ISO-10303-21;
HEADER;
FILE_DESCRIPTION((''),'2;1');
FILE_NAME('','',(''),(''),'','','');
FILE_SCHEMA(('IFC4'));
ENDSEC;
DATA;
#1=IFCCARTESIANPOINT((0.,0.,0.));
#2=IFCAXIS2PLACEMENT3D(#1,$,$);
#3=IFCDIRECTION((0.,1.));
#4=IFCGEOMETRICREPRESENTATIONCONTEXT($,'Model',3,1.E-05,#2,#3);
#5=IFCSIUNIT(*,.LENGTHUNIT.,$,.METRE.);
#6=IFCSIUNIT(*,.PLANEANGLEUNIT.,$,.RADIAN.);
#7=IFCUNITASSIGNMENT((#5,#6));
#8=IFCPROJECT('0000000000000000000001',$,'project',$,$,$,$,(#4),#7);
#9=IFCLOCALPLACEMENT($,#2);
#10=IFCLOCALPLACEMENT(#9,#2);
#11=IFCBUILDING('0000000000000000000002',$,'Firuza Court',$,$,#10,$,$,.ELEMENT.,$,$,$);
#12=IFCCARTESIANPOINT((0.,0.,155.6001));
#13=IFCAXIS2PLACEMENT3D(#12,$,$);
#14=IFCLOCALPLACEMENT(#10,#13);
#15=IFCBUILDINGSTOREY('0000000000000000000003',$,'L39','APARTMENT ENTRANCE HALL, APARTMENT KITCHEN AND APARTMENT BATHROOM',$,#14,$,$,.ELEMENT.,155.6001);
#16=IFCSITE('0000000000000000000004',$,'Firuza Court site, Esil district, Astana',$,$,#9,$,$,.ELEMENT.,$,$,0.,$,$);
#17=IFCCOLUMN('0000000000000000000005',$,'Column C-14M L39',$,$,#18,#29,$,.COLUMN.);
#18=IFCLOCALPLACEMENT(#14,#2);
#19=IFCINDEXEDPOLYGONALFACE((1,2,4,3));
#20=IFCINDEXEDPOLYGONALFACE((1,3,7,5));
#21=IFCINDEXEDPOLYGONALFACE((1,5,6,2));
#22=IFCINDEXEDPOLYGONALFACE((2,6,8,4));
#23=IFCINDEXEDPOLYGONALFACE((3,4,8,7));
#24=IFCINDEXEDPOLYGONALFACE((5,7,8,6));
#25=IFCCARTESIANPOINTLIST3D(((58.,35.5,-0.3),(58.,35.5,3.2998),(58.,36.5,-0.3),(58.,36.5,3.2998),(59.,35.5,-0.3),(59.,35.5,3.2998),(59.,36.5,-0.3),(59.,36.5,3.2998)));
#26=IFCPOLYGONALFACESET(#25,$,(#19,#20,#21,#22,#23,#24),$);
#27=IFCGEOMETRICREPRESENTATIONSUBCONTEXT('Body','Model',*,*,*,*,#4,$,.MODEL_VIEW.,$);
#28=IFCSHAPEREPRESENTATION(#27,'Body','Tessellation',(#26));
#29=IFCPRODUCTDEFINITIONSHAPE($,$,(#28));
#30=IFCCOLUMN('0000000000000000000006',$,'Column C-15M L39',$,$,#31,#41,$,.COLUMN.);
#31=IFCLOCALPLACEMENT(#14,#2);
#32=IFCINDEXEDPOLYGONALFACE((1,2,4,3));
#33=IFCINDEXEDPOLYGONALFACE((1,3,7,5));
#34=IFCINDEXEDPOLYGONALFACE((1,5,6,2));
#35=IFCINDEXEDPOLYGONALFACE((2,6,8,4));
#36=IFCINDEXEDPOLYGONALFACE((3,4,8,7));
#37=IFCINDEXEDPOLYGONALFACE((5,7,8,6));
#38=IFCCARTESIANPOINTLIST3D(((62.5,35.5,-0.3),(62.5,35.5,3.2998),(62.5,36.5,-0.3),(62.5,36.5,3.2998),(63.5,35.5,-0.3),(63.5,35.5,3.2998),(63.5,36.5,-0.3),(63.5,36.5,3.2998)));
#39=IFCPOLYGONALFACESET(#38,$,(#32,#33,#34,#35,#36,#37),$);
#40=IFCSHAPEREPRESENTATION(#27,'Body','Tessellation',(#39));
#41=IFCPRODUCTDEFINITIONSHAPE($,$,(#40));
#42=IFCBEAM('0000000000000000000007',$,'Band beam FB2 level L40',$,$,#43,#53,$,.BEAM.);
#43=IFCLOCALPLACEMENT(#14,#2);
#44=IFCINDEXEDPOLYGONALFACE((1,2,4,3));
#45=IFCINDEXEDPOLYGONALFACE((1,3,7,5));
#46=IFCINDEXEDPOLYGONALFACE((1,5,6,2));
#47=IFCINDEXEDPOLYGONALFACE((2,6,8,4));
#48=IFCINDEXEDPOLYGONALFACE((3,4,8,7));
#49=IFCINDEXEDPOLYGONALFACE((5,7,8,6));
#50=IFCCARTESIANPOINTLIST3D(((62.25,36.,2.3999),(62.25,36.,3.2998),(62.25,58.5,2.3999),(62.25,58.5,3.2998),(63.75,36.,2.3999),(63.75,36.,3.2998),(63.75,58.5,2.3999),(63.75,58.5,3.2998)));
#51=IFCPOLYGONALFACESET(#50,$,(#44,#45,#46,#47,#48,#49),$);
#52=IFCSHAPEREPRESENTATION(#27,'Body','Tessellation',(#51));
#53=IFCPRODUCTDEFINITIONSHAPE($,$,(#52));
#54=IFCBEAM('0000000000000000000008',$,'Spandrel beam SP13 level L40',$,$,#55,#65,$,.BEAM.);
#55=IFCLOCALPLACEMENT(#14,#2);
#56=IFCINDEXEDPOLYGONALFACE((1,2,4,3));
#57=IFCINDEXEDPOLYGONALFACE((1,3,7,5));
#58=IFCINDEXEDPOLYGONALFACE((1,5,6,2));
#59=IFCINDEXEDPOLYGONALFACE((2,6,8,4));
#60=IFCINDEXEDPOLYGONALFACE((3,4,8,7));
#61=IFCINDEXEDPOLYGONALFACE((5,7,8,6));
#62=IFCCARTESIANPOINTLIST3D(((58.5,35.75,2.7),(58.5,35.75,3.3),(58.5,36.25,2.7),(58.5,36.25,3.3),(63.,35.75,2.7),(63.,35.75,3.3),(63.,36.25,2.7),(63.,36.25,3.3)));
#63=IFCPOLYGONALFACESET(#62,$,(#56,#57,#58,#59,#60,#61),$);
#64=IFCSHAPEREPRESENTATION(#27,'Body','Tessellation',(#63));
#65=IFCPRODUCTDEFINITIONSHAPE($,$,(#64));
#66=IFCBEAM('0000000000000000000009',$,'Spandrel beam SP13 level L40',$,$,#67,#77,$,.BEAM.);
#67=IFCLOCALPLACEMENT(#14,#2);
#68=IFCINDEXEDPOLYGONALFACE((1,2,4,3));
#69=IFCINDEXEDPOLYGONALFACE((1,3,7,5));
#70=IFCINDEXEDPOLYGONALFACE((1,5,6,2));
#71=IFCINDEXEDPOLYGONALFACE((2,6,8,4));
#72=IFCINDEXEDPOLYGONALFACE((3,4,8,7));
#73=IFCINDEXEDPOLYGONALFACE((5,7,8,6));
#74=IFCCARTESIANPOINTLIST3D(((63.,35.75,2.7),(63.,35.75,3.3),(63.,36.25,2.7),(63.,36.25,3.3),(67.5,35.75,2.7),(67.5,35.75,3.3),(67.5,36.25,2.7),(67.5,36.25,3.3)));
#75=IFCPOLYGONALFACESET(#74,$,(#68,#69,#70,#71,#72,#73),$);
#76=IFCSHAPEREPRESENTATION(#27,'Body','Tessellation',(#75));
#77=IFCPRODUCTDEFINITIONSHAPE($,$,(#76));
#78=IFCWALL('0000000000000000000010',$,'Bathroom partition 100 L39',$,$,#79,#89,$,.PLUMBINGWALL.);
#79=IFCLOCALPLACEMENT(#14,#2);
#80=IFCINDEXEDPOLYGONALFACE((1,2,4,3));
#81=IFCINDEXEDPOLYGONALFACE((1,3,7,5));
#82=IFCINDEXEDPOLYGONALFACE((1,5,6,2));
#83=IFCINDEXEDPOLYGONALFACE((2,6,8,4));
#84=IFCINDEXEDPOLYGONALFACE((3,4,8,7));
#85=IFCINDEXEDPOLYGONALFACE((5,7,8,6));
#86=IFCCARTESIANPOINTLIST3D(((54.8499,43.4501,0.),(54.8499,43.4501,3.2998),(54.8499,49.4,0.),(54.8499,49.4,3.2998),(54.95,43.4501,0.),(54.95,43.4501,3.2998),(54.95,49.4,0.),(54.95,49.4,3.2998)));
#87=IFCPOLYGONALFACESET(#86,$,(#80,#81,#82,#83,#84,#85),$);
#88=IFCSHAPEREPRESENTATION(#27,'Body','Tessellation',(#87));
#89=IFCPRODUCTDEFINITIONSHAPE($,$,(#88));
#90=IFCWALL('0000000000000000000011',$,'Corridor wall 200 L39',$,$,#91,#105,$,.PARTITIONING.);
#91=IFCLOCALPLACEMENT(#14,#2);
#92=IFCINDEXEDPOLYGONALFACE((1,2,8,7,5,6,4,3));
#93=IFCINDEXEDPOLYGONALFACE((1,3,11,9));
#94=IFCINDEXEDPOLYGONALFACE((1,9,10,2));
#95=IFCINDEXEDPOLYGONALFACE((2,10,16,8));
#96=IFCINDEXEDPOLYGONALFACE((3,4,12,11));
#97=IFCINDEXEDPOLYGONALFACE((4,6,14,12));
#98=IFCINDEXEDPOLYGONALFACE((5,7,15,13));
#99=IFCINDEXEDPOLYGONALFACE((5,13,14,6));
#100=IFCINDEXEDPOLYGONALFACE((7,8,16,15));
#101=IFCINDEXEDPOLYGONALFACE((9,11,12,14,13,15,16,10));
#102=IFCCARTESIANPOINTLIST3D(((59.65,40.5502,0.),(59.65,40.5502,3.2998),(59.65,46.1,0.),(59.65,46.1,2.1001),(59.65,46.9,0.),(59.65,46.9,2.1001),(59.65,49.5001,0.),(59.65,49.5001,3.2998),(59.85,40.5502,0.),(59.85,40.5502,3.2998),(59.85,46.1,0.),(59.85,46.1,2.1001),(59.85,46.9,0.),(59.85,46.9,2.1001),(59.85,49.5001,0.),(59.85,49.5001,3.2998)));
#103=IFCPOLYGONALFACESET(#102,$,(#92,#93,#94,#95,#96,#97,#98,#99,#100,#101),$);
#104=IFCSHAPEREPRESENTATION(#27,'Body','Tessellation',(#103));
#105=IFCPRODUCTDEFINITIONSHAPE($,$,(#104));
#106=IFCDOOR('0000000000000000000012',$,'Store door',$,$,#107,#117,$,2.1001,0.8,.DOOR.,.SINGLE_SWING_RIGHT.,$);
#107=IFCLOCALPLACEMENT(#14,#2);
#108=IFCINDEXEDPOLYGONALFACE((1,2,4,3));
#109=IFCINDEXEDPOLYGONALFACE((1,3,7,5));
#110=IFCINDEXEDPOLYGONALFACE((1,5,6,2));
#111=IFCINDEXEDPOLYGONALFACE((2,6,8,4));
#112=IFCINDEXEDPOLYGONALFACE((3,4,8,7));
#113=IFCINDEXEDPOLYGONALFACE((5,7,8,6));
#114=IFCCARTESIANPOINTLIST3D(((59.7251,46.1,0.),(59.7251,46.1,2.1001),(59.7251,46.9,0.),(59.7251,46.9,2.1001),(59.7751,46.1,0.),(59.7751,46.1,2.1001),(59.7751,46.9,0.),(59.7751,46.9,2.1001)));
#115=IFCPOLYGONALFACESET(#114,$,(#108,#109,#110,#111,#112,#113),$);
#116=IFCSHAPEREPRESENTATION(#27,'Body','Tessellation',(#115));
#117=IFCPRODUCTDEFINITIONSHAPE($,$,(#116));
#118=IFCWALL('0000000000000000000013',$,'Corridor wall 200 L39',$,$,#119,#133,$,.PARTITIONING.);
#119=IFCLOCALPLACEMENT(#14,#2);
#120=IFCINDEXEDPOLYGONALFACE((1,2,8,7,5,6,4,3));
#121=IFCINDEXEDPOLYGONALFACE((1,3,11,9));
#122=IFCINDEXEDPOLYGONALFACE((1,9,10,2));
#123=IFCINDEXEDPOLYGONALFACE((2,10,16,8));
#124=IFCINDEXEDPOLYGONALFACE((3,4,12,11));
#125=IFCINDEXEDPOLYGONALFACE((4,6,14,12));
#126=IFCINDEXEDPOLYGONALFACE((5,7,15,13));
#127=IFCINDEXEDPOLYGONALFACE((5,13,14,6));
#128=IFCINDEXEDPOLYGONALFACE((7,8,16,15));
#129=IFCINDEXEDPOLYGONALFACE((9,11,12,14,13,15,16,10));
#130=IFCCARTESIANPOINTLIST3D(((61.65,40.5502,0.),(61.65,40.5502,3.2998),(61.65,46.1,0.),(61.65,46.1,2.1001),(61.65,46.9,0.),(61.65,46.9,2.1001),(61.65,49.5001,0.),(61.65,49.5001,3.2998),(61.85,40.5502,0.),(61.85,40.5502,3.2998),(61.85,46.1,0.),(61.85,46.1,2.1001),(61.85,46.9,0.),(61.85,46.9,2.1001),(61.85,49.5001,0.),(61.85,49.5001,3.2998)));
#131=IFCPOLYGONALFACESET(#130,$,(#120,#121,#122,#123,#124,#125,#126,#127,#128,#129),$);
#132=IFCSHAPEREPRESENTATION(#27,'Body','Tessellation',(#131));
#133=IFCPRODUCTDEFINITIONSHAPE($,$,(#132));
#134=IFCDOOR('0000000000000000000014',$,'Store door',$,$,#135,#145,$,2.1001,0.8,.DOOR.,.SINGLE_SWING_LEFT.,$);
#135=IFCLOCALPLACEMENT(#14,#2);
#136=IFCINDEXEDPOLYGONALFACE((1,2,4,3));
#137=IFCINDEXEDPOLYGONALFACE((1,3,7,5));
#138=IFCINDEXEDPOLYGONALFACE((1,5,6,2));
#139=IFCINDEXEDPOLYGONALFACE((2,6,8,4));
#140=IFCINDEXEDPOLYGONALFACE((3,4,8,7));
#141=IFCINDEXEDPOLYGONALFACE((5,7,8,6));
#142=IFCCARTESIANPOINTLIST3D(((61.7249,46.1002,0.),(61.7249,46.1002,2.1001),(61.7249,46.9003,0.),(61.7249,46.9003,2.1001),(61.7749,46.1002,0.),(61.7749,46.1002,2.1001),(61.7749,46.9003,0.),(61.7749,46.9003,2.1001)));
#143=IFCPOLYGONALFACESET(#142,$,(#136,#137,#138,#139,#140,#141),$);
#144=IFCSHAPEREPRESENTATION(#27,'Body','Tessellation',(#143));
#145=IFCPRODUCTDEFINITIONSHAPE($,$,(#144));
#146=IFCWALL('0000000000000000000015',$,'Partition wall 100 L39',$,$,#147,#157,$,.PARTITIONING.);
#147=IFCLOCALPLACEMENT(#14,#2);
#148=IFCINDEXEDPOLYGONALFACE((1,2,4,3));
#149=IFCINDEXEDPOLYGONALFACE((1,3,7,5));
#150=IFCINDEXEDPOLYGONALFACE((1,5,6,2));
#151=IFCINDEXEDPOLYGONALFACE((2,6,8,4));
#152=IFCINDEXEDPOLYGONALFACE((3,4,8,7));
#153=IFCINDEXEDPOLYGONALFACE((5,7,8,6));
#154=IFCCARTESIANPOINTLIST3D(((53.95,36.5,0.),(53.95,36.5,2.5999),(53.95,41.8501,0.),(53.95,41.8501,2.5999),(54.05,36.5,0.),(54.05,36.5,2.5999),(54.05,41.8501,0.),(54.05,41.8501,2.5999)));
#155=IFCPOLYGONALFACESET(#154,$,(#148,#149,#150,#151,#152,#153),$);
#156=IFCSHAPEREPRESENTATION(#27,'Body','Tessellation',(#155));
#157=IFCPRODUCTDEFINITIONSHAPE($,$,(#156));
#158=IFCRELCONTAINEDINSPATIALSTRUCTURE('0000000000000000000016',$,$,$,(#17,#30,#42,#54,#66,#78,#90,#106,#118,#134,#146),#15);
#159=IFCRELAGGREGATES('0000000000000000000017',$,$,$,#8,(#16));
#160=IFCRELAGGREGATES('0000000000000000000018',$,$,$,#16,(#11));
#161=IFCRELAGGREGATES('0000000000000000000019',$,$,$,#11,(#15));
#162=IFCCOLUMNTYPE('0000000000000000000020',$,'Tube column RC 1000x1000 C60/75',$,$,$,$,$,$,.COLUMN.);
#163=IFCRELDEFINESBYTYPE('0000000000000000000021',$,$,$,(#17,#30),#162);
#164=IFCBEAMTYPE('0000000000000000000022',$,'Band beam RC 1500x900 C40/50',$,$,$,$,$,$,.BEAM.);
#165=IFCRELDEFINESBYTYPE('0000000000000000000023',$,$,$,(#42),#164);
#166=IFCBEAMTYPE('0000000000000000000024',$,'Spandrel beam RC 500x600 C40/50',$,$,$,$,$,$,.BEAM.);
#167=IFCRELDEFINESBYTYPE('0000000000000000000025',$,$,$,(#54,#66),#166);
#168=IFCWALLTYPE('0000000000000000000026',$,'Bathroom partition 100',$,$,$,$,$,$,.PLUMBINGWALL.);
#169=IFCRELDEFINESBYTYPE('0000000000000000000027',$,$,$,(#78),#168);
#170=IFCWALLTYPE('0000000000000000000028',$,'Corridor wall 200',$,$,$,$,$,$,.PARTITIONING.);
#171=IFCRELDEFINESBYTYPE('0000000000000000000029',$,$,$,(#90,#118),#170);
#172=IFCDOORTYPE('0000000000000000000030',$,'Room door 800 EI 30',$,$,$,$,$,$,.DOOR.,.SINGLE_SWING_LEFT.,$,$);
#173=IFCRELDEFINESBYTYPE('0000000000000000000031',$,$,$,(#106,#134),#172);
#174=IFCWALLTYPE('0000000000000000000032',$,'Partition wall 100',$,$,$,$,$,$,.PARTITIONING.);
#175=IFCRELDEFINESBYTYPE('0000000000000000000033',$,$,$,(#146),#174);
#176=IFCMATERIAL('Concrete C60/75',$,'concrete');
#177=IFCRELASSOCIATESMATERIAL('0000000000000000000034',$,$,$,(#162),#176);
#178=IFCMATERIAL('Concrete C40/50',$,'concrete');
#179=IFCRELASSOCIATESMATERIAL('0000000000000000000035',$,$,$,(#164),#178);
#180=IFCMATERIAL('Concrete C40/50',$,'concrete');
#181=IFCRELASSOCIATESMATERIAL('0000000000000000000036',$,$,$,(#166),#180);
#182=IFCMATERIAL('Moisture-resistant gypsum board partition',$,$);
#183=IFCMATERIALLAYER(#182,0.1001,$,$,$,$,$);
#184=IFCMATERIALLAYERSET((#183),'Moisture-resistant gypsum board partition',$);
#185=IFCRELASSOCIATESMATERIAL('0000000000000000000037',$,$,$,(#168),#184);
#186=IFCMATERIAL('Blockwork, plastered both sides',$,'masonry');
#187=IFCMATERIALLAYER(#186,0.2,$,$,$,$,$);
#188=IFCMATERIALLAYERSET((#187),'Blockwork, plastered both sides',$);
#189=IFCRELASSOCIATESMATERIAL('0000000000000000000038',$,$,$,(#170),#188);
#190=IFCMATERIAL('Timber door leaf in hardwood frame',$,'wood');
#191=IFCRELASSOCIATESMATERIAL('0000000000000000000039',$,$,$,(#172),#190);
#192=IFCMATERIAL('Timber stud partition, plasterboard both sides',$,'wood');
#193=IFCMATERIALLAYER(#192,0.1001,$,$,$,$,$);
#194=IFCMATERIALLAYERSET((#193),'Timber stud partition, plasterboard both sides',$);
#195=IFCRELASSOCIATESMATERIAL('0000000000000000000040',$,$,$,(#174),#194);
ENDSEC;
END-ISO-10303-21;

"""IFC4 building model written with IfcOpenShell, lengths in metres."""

from ifc_helpers import new_model, si_unit, direction, frame, frame_2d, origin, origin_2d, place, context, subcontext, project, spatial, rectangle, extrude, material, layer, layer_set, material_profile, profile_set, type_object, element, fill, save


model = new_model("IFC4")

# Units and contexts
model_context = context("Model", 3, precision=1e-05, world=origin(), true_north=direction((0.0, 1.0)))
body_context = subcontext(model_context, "Body", "Model", "MODEL_VIEW")
ifc_project = project(units=[si_unit("LENGTHUNIT", "METRE"), si_unit("PLANEANGLEUNIT", "RADIAN")], contexts=[model_context])

# Site, building, storey
site_placement = place(None, origin())
site = spatial("IfcSite", under=ifc_project, at=site_placement, Name="Firuza Court site, Esil district, Astana", CompositionType="ELEMENT", RefElevation=0.0)
building_placement = place(site_placement, origin())
building = spatial("IfcBuilding", under=site, at=building_placement, Name="Firuza Court", CompositionType="ELEMENT")
storey_placement = place(building_placement, frame((0.0, 0.0, 155.6001)))
storey = spatial("IfcBuildingStorey", under=building, at=storey_placement, Name="L39", Description="APARTMENT ENTRANCE HALL, APARTMENT KITCHEN AND APARTMENT BATHROOM", CompositionType="ELEMENT", Elevation=155.6001)

# Columns
ifc_material_1 = material(Name="Concrete C60/75", Category="concrete")
ifc_material_profile_1 = material_profile(ifc_material_1, rectangle(XDim=1.0, YDim=1.0, at=origin_2d()), Name="RC 1000x1000")
ifc_profile_set_1 = profile_set([ifc_material_profile_1], Name="Concrete C60/75")
column_type = type_object("IfcColumnType", Name="Tube column RC 1000x1000 C60/75", PredefinedType="COLUMN", material=ifc_profile_set_1)
for number, where, z_axis, x_axis, name in (
    (1, (58.5, 36.0, -0.3), (0.0, 0.0, 1.0), (1.0, 0.0, 0.0), "Column C-14M L39"),
    (2, (63.0, 36.0, -0.3), (0.0, 0.0, 1.0), (1.0, 0.0, 0.0), "Column C-15M L39"),
):
    element("IfcColumn", number, at=place(storey_placement, frame(where, z_axis=z_axis, x_axis=x_axis)), inside=storey, type_object=column_type, Name=name, PredefinedType="COLUMN", context=body_context, shape_type="SweptSolid", body=[
        extrude(rectangle(XDim=1.0, YDim=1.0, at=origin_2d()), origin(), (0.0, 0.0, 1.0), 3.5999),
    ])

# Beams
ifc_material_2 = material(Name="Concrete C40/50", Category="concrete")
ifc_material_profile_2 = material_profile(ifc_material_2, rectangle(XDim=1.5, YDim=0.8999, at=origin_2d()), Name="RC 1500x900")
ifc_profile_set_2 = profile_set([ifc_material_profile_2], Name="Concrete C40/50")
beam_type_1 = type_object("IfcBeamType", Name="Band beam RC 1500x900 C40/50", PredefinedType="BEAM", material=ifc_profile_set_2)
beam_placement = place(storey_placement, frame((63.0, 36.0, 2.8499), z_axis=(0.0, 1.0, 0.0), x_axis=(-1.0, 0.0, 0.0)))
element("IfcBeam", 3, at=beam_placement, inside=storey, type_object=beam_type_1, Name="Band beam FB2 level L40", PredefinedType="BEAM", context=body_context, shape_type="SweptSolid", body=[
    extrude(rectangle(XDim=1.5, YDim=0.8999, at=origin_2d()), origin(), (0.0, 0.0, 1.0), 22.5),
])
ifc_material_3 = material(Name="Concrete C40/50", Category="concrete")
ifc_material_profile_3 = material_profile(ifc_material_3, rectangle(XDim=0.5, YDim=0.6001, at=origin_2d()), Name="RC 500x600")
ifc_profile_set_3 = profile_set([ifc_material_profile_3], Name="Concrete C40/50")
beam_type_2 = type_object("IfcBeamType", Name="Spandrel beam RC 500x600 C40/50", PredefinedType="BEAM", material=ifc_profile_set_3)
for number, where, z_axis, x_axis, name in (
    (4, (58.5, 36.0, 3.0), (1.0, 0.0, 0.0), (0.0, 1.0, 0.0), "Spandrel beam SP13 level L40"),
    (5, (63.0, 36.0, 3.0), (1.0, 0.0, 0.0), (0.0, 1.0, 0.0), "Spandrel beam SP13 level L40"),
):
    element("IfcBeam", number, at=place(storey_placement, frame(where, z_axis=z_axis, x_axis=x_axis)), inside=storey, type_object=beam_type_2, Name=name, PredefinedType="BEAM", context=body_context, shape_type="SweptSolid", body=[
        extrude(rectangle(XDim=0.5, YDim=0.6001, at=origin_2d()), origin(), (0.0, 0.0, 1.0), 4.5),
    ])

# Wall
ifc_material_4 = material(Name="Moisture-resistant gypsum board partition")
ifc_layer_1 = layer(ifc_material_4, 0.1001)
ifc_layer_set_1 = layer_set([ifc_layer_1], Name="Moisture-resistant gypsum board partition")
wall_type_1 = type_object("IfcWallType", Name="Bathroom partition 100", PredefinedType="PLUMBINGWALL", material=ifc_layer_set_1)
wall_1_placement = place(storey_placement, frame((54.8999, 43.45, 0.0), z_axis=(0.0, 0.0, 1.0), x_axis=(0.0, 1.0, 0.0)))
element("IfcWall", 6, at=wall_1_placement, inside=storey, type_object=wall_type_1, Name="Bathroom partition 100 L39", PredefinedType="PLUMBINGWALL", context=body_context, shape_type="SweptSolid", body=[
    extrude(rectangle(XDim=5.95, YDim=0.1001, at=frame_2d((2.9751, 0.0))), origin(), (0.0, 0.0, 1.0), 3.2998),
])

# Walls, openings, doors
ifc_material_5 = material(Name="Blockwork, plastered both sides", Category="masonry")
ifc_layer_2 = layer(ifc_material_5, 0.2)
ifc_layer_set_2 = layer_set([ifc_layer_2], Name="Blockwork, plastered both sides")
wall_type_2 = type_object("IfcWallType", Name="Corridor wall 200", PredefinedType="PARTITIONING", material=ifc_layer_set_2)
wall_2_placement = place(storey_placement, frame((59.75, 40.55, 0.0), z_axis=(0.0, 0.0, 1.0), x_axis=(0.0, 1.0, 0.0)))
wall_2 = element("IfcWall", 7, at=wall_2_placement, inside=storey, type_object=wall_type_2, Name="Corridor wall 200 L39", PredefinedType="PARTITIONING", context=body_context, shape_type="SweptSolid", body=[
    extrude(rectangle(XDim=8.95, YDim=0.2, at=frame_2d((4.4751, 0.0))), origin(), (0.0, 0.0, 1.0), 3.2998),
])
opening_1_placement = place(wall_2_placement, frame((5.55, 0.0, 0.0)))
opening_1 = element("IfcOpeningElement", 8, at=opening_1_placement, cuts=wall_2, PredefinedType="OPENING", context=body_context, shape_type="SweptSolid", body=[
    extrude(rectangle(XDim=0.8, YDim=2.1001, at=frame_2d((0.3999, 1.05))), frame((0.0, 0.1118, 0.0), z_axis=(0.0, -1.0, 0.0), x_axis=(1.0, 0.0, 0.0)), (0.0, 0.0, 1.0), 0.2239),
])
ifc_material_6 = material(Name="Timber door leaf in hardwood frame", Category="wood")
door_type_1 = type_object("IfcDoorType", Name="Room door 800 EI 30", OperationType="SINGLE_SWING_LEFT", PredefinedType="DOOR", material=ifc_material_6)
door_1_placement = place(opening_1_placement, origin())
door_1 = element("IfcDoor", 9, at=door_1_placement, inside=storey, type_object=door_type_1, Name="Store door", OperationType="SINGLE_SWING_RIGHT", OverallHeight=2.1001, OverallWidth=0.8, PredefinedType="DOOR", context=body_context, shape_type="SweptSolid", body=[
    extrude(rectangle(XDim=0.8, YDim=2.1001, at=frame_2d((0.3999, 1.05))), frame((0.0, 0.0249, 0.0), z_axis=(0.0, -1.0, 0.0), x_axis=(1.0, 0.0, 0.0)), (0.0, 0.0, 1.0), 0.05),
])
fill(opening_1, door_1)
wall_3_placement = place(storey_placement, frame((61.75, 40.55, 0.0), z_axis=(0.0, 0.0, 1.0), x_axis=(0.0, 1.0, 0.0)))
wall_3 = element("IfcWall", 10, at=wall_3_placement, inside=storey, type_object=wall_type_2, Name="Corridor wall 200 L39", PredefinedType="PARTITIONING", context=body_context, shape_type="SweptSolid", body=[
    extrude(rectangle(XDim=8.95, YDim=0.2, at=frame_2d((4.4751, 0.0))), origin(), (0.0, 0.0, 1.0), 3.2998),
])
opening_2_placement = place(wall_3_placement, frame((5.55, 0.0, 0.0)))
opening_2 = element("IfcOpeningElement", 11, at=opening_2_placement, cuts=wall_3, PredefinedType="OPENING", context=body_context, shape_type="SweptSolid", body=[
    extrude(rectangle(XDim=0.8, YDim=2.1001, at=frame_2d((0.3999, 1.05))), frame((0.0, 0.1118, 0.0), z_axis=(0.0, -1.0, 0.0), x_axis=(1.0, 0.0, 0.0)), (0.0, 0.0, 1.0), 0.2239),
])
door_2_placement = place(opening_2_placement, frame((0.8, 0.0, 0.0), z_axis=(0.0, 0.0, 1.0), x_axis=(-1.0, 0.0, 0.0)))
door_2 = element("IfcDoor", 12, at=door_2_placement, inside=storey, type_object=door_type_1, Name="Store door", OperationType="SINGLE_SWING_LEFT", OverallHeight=2.1001, OverallWidth=0.8, PredefinedType="DOOR", context=body_context, shape_type="SweptSolid", body=[
    extrude(rectangle(XDim=0.8, YDim=2.1001, at=frame_2d((0.3999, 1.05))), frame((0.0, 0.0249, 0.0), z_axis=(0.0, -1.0, 0.0), x_axis=(1.0, 0.0, 0.0)), (0.0, 0.0, 1.0), 0.05),
])
fill(opening_2, door_2)

# Wall
ifc_material_7 = material(Name="Timber stud partition, plasterboard both sides", Category="wood")
ifc_layer_3 = layer(ifc_material_7, 0.1001)
ifc_layer_set_3 = layer_set([ifc_layer_3], Name="Timber stud partition, plasterboard both sides")
wall_type_3 = type_object("IfcWallType", Name="Partition wall 100", PredefinedType="PARTITIONING", material=ifc_layer_set_3)
wall_4_placement = place(storey_placement, frame((54.0, 36.5, 0.0), z_axis=(0.0, 0.0, 1.0), x_axis=(0.0, 1.0, 0.0)))
element("IfcWall", 13, at=wall_4_placement, inside=storey, type_object=wall_type_3, Name="Partition wall 100 L39", PredefinedType="PARTITIONING", context=body_context, shape_type="SweptSolid", body=[
    extrude(rectangle(XDim=5.3501, YDim=0.1001, at=frame_2d((2.675, 0.0))), origin(), (0.0, 0.0, 1.0), 2.5999),
])

save(model, "model.ifc")
